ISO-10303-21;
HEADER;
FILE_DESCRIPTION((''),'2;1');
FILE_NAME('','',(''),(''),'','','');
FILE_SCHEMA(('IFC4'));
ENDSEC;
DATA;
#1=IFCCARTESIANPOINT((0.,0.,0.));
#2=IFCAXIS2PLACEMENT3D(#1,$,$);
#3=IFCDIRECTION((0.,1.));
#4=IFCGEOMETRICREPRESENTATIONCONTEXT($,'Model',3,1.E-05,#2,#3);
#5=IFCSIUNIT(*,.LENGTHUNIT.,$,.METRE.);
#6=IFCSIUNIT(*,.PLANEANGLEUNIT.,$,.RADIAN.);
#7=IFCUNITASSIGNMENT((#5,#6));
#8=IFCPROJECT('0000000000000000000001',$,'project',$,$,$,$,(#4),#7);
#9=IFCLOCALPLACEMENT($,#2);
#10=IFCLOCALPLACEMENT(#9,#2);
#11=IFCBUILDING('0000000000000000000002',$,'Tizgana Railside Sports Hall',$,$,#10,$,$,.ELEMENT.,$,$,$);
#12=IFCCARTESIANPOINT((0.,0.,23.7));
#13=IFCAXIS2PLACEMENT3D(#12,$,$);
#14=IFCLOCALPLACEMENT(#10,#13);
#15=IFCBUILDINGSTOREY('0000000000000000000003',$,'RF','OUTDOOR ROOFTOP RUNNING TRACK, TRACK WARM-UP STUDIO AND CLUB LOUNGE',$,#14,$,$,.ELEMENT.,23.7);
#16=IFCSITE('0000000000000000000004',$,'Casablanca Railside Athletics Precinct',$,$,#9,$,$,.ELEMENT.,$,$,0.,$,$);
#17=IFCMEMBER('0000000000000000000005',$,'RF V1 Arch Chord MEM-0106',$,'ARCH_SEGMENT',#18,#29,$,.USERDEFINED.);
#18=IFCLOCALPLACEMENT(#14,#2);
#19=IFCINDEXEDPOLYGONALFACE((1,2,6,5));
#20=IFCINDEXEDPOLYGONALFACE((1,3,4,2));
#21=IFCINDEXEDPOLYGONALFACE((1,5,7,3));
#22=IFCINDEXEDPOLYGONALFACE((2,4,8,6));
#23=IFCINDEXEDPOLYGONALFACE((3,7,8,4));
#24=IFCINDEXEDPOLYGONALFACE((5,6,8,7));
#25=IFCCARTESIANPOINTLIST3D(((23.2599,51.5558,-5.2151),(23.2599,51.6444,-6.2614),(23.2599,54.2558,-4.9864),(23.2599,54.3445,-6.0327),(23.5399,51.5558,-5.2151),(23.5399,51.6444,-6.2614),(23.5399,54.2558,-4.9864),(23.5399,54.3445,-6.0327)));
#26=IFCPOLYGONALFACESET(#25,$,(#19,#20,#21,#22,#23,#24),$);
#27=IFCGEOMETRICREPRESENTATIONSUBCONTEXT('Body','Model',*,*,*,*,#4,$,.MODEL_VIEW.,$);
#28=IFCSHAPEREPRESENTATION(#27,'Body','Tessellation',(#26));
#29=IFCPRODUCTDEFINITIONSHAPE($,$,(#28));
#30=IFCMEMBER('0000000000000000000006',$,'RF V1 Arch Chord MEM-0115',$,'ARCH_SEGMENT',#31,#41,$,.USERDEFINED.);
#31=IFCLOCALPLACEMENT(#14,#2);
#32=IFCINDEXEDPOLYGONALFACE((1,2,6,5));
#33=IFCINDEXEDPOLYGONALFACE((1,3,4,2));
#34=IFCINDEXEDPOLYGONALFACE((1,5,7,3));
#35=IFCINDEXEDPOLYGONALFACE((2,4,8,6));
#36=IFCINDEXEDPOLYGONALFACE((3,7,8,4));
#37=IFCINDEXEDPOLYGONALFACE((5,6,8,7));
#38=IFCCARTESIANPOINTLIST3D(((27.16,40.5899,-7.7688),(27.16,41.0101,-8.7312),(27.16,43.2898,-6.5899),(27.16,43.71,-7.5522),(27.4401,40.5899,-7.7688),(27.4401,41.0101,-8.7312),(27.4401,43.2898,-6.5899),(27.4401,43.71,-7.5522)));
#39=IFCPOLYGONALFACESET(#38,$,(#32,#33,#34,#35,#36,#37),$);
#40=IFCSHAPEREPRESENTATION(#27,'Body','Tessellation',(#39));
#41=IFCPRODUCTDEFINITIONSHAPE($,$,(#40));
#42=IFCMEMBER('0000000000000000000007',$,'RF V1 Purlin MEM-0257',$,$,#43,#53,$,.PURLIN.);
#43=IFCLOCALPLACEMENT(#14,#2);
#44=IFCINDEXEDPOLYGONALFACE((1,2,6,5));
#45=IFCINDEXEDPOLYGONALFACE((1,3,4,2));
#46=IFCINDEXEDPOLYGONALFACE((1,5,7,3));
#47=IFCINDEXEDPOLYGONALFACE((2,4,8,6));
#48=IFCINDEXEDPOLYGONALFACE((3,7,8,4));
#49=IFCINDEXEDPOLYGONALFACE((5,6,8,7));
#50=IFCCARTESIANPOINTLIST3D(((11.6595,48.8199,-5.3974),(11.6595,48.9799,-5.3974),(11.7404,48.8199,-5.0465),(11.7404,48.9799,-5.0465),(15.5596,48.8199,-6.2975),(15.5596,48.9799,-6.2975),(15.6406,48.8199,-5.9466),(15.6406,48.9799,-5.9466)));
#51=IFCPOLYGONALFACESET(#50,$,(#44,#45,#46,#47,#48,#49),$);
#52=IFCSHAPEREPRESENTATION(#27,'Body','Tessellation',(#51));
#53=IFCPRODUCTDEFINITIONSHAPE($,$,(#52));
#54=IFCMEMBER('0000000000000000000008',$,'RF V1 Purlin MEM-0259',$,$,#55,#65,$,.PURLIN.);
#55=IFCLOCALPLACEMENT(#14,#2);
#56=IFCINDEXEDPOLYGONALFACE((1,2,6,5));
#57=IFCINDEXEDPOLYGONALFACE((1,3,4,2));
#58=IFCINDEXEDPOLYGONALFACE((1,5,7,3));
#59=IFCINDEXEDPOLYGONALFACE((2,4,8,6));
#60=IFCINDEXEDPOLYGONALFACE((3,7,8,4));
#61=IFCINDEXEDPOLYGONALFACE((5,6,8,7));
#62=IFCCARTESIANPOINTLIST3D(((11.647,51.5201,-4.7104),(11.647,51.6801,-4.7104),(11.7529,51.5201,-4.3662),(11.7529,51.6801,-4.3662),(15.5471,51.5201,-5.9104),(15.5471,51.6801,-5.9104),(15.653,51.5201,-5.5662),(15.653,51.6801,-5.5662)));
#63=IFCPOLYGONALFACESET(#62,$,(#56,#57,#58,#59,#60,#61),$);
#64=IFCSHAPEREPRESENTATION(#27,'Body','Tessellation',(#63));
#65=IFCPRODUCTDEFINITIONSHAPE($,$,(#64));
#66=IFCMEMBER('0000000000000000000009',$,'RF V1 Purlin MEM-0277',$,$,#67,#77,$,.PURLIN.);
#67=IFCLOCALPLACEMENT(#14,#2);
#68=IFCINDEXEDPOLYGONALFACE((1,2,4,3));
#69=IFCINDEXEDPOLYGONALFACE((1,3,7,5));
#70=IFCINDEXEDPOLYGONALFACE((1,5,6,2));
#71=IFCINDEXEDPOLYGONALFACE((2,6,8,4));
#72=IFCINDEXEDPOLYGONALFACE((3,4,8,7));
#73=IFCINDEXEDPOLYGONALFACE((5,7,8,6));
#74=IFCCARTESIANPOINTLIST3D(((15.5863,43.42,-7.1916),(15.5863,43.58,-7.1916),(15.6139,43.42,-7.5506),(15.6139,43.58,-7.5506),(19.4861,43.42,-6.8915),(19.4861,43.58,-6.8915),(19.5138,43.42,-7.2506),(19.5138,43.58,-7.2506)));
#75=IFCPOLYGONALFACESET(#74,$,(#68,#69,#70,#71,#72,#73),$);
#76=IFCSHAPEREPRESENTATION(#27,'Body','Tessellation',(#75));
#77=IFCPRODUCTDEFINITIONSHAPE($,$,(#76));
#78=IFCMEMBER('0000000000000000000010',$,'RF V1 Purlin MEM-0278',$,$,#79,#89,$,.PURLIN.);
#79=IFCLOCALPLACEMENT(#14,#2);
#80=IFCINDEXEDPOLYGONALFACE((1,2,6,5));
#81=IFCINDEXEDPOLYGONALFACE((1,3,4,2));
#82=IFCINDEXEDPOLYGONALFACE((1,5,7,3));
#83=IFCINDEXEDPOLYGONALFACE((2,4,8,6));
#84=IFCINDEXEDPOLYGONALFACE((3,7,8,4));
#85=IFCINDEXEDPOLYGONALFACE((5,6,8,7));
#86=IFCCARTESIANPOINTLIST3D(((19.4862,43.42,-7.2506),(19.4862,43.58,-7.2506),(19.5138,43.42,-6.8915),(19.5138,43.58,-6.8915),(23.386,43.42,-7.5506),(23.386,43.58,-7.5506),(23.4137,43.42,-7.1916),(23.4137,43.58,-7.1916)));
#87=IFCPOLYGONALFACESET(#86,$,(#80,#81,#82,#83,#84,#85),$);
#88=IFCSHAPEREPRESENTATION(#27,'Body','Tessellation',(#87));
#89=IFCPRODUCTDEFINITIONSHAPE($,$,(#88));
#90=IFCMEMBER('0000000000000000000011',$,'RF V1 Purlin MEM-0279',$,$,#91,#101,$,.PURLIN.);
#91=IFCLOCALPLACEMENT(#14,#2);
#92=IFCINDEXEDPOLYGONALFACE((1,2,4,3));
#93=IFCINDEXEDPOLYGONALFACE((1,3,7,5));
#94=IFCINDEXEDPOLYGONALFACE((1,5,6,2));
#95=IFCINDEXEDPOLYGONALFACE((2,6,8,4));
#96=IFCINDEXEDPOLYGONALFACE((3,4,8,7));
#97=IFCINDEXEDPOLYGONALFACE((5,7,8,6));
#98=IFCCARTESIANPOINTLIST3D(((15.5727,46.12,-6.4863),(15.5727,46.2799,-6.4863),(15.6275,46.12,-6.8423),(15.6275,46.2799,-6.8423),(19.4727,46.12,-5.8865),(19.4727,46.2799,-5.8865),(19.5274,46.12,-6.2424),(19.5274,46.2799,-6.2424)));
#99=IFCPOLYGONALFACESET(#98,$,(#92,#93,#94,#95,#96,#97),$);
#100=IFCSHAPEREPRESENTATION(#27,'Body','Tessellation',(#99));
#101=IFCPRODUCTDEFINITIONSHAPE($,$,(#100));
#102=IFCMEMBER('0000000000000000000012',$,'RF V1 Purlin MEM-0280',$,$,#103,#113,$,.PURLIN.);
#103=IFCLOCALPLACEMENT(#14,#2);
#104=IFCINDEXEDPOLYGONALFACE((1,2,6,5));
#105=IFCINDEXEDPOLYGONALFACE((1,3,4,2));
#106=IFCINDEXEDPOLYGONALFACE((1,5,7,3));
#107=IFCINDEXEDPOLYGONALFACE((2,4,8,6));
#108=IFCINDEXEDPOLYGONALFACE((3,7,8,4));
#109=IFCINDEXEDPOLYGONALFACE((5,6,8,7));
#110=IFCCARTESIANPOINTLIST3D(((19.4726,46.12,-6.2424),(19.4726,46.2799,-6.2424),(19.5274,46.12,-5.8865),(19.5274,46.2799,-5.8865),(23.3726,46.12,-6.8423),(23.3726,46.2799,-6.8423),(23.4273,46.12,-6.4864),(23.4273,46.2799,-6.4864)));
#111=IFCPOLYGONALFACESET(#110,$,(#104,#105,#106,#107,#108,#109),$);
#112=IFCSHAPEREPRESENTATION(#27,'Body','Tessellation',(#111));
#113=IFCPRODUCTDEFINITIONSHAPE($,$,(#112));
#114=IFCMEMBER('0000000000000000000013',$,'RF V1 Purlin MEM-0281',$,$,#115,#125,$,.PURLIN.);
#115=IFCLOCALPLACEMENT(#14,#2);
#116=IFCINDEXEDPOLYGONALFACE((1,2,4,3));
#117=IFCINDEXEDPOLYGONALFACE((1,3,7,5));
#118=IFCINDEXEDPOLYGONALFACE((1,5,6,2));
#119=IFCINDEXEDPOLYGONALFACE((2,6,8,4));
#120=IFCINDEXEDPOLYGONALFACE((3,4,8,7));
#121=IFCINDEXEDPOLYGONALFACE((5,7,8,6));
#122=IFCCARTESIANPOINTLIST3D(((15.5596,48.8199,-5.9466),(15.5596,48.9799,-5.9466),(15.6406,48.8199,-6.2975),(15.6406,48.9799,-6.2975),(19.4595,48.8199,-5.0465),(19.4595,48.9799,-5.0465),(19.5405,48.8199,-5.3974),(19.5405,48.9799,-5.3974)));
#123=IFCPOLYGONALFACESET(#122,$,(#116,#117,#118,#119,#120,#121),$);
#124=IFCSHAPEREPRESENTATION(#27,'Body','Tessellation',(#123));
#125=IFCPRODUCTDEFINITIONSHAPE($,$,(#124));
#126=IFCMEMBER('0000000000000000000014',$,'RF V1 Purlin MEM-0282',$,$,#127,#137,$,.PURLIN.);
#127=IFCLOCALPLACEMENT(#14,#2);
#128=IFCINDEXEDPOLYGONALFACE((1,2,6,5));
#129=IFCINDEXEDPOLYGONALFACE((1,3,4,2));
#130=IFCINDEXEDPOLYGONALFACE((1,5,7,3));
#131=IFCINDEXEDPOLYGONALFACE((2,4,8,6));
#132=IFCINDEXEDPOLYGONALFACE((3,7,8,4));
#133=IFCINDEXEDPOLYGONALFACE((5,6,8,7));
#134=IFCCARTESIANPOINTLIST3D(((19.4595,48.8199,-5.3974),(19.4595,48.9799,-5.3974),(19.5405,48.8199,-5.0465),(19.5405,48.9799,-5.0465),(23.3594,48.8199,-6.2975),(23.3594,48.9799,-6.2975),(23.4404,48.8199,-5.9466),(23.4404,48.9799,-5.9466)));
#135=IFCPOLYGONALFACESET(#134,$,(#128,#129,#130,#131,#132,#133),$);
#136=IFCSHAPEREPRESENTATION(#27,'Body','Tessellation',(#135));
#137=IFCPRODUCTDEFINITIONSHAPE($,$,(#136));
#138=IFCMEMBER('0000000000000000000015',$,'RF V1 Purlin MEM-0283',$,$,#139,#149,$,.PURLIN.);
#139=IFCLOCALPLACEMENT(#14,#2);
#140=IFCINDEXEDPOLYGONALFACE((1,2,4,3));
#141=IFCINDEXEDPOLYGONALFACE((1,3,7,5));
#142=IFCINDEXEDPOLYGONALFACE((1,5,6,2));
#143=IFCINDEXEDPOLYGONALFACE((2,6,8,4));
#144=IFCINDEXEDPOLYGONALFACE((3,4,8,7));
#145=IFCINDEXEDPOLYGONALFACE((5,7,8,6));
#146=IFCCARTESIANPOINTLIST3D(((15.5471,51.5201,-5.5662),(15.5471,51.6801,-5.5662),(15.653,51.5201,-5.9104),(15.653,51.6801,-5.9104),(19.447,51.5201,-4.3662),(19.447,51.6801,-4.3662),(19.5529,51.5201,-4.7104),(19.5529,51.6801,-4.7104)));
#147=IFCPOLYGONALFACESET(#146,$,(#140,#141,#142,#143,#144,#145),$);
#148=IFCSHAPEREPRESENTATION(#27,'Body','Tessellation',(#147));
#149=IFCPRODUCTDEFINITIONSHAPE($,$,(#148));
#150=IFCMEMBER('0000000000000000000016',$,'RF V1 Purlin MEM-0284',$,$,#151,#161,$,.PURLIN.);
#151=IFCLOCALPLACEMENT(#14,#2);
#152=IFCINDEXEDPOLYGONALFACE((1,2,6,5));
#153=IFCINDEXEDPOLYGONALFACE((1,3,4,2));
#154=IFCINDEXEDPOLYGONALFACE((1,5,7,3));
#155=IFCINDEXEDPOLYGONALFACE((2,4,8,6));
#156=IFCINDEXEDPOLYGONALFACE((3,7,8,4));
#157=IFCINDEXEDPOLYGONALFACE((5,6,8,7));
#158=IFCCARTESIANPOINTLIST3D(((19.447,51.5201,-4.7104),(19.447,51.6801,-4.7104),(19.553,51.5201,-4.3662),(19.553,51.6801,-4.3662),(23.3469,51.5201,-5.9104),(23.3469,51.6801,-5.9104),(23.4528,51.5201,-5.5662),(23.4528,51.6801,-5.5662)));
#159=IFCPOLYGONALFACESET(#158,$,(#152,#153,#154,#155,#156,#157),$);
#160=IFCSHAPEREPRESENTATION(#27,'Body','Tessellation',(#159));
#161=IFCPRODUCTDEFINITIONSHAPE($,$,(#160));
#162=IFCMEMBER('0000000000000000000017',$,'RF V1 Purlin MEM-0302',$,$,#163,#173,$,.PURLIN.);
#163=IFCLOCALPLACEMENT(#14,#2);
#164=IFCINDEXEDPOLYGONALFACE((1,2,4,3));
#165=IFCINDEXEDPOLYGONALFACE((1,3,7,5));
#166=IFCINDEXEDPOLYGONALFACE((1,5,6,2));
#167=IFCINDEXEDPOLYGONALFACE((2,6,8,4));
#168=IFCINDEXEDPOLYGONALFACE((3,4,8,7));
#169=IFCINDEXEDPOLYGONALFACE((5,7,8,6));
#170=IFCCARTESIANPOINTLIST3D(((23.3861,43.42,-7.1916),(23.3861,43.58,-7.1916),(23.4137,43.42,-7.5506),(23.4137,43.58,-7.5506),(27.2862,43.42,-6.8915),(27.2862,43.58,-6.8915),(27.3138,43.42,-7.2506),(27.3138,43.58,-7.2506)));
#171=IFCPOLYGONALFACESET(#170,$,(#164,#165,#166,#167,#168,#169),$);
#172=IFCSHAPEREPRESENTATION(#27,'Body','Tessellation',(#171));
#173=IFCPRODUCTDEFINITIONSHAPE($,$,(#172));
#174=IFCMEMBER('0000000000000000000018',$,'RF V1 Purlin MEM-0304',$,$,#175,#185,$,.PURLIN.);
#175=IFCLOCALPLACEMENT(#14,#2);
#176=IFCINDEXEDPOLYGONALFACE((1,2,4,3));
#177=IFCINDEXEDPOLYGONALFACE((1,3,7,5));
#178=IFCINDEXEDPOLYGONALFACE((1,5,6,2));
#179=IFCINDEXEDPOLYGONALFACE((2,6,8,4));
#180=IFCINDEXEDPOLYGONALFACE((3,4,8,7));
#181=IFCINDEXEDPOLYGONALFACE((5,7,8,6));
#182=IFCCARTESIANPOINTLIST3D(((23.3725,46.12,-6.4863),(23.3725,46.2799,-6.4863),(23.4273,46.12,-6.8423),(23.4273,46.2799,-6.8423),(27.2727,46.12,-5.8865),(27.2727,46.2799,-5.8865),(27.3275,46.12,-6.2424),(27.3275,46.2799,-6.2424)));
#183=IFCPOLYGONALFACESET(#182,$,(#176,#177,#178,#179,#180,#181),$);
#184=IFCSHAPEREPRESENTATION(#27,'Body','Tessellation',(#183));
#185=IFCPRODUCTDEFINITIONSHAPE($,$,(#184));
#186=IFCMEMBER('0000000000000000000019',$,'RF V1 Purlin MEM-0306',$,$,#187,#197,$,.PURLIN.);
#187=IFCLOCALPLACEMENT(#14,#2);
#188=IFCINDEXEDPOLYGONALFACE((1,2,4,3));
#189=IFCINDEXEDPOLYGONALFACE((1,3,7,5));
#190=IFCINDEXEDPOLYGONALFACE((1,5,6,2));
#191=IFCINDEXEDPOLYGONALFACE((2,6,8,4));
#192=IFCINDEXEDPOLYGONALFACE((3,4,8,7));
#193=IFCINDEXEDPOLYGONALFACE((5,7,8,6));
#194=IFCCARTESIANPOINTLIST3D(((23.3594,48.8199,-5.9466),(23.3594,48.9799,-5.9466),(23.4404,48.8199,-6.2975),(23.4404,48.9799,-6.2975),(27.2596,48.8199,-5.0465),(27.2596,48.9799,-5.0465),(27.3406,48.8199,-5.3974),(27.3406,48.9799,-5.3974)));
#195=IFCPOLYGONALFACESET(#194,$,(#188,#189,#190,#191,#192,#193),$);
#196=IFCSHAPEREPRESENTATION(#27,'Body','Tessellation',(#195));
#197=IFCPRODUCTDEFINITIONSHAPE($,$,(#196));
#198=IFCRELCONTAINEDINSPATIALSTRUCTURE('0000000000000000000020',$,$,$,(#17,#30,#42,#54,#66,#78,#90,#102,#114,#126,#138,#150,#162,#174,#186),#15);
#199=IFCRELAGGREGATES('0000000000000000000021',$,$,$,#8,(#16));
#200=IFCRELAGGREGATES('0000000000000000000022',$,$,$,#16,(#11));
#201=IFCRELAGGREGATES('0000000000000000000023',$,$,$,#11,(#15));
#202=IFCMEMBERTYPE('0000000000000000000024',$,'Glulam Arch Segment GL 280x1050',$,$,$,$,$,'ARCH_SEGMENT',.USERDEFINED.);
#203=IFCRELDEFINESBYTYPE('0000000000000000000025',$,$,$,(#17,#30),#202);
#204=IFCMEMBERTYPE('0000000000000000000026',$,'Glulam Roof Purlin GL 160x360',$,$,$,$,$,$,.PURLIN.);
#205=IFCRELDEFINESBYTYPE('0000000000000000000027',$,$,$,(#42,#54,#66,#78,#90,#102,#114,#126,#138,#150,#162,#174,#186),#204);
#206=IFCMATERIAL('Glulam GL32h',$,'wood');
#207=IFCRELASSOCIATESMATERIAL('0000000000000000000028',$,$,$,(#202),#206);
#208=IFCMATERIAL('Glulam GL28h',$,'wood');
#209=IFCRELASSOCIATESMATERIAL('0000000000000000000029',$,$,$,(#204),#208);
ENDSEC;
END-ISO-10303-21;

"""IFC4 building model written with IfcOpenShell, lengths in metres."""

from ifc_helpers import new_model, si_unit, direction, frame, origin, origin_2d, place, context, subcontext, project, spatial, rectangle, extrude, material, material_profile, profile_set, type_object, element, save


model = new_model("IFC4")

# Units and contexts
model_context = context("Model", 3, precision=1e-05, world=origin(), true_north=direction((0.0, 1.0)))
body_context = subcontext(model_context, "Body", "Model", "MODEL_VIEW")
ifc_project = project(units=[si_unit("LENGTHUNIT", "METRE"), si_unit("PLANEANGLEUNIT", "RADIAN")], contexts=[model_context])

# Site, building, storey
site_placement = place(None, origin())
site = spatial("IfcSite", under=ifc_project, at=site_placement, Name="Casablanca Railside Athletics Precinct", CompositionType="ELEMENT", RefElevation=0.0)
building_placement = place(site_placement, origin())
building = spatial("IfcBuilding", under=site, at=building_placement, Name="Tizgana Railside Sports Hall", CompositionType="ELEMENT")
storey_placement = place(building_placement, frame((0.0, 0.0, 23.7)))
storey = spatial("IfcBuildingStorey", under=building, at=storey_placement, Name="RF", Description="OUTDOOR ROOFTOP RUNNING TRACK, TRACK WARM-UP STUDIO AND CLUB LOUNGE", CompositionType="ELEMENT", Elevation=23.7)

# Members
ifc_material_1 = material(Name="Glulam GL32h", Category="wood")
ifc_material_profile_1 = material_profile(ifc_material_1, rectangle(XDim=0.28, YDim=1.05, at=origin_2d()), Name="GL 280x1050")
ifc_profile_set_1 = profile_set([ifc_material_profile_1], Name="Glulam GL32h")
member_type_1 = type_object("IfcMemberType", Name="Glulam Arch Segment GL 280x1050", ElementType="ARCH_SEGMENT", PredefinedType="USERDEFINED", material=ifc_profile_set_1)
member_1_placement = place(storey_placement, frame((23.3999, 51.6001, -5.7383), z_axis=(0.0, 0.99643, 0.084425), x_axis=(-1.0, 0.0, 0.0)))
element("IfcMember", 1, at=member_1_placement, inside=storey, type_object=member_type_1, Name="RF V1 Arch Chord MEM-0106", ObjectType="ARCH_SEGMENT", PredefinedType="USERDEFINED", context=body_context, shape_type="SweptSolid", body=[
    extrude(rectangle(XDim=0.28, YDim=1.05, at=origin_2d()), origin(), (0.0, 0.0, 1.0), 2.7097),
])
member_2_placement = place(storey_placement, frame((27.3, 40.8, -8.25), z_axis=(0.0, 0.91644, 0.400171), x_axis=(-1.0, 0.0, 0.0)))
element("IfcMember", 2, at=member_2_placement, inside=storey, type_object=member_type_1, Name="RF V1 Arch Chord MEM-0115", ObjectType="ARCH_SEGMENT", PredefinedType="USERDEFINED", context=body_context, shape_type="SweptSolid", body=[
    extrude(rectangle(XDim=0.28, YDim=1.05, at=origin_2d()), origin(), (0.0, 0.0, 1.0), 2.946),
])
ifc_material_2 = material(Name="Glulam GL28h", Category="wood")
ifc_material_profile_2 = material_profile(ifc_material_2, rectangle(XDim=0.1599, YDim=0.3601, at=origin_2d()), Name="GL 160x360")
ifc_profile_set_2 = profile_set([ifc_material_profile_2], Name="Glulam GL28h")
member_type_2 = type_object("IfcMemberType", Name="Glulam Roof Purlin GL 160x360", PredefinedType="PURLIN", material=ifc_profile_set_2)
member_3_placement = place(storey_placement, frame((11.7, 48.8999, -5.2219), z_axis=(0.974385, 0.0, -0.224886), x_axis=(0.0, 1.0, 0.0)))
element("IfcMember", 3, at=member_3_placement, inside=storey, type_object=member_type_2, Name="RF V1 Purlin MEM-0257", PredefinedType="PURLIN", context=body_context, shape_type="SweptSolid", body=[
    extrude(rectangle(XDim=0.1599, YDim=0.3601, at=origin_2d()), origin(), (0.0, 0.0, 1.0), 4.0027),
])
member_4_placement = place(storey_placement, frame((11.7, 51.6001, -4.5383), z_axis=(0.955785, 0.0, -0.294065), x_axis=(0.0, 1.0, 0.0)))
element("IfcMember", 4, at=member_4_placement, inside=storey, type_object=member_type_2, Name="RF V1 Purlin MEM-0259", PredefinedType="PURLIN", context=body_context, shape_type="SweptSolid", body=[
    extrude(rectangle(XDim=0.1599, YDim=0.3601, at=origin_2d()), origin(), (0.0, 0.0, 1.0), 4.0806),
])
for number, where, z_axis, x_axis, name in (
    (5, (15.6001, 43.5, -7.3711), (0.997053, 0.0, 0.076711), (0.0, 1.0, 0.0), "RF V1 Purlin MEM-0277"),
    (6, (19.5, 43.5, -7.071), (0.997053, 0.0, -0.076711), (0.0, 1.0, 0.0), "RF V1 Purlin MEM-0278"),
):
    element("IfcMember", number, at=place(storey_placement, frame(where, z_axis=z_axis, x_axis=x_axis)), inside=storey, type_object=member_type_2, Name=name, PredefinedType="PURLIN", context=body_context, shape_type="SweptSolid", body=[
        extrude(rectangle(XDim=0.1599, YDim=0.3601, at=origin_2d()), origin(), (0.0, 0.0, 1.0), 3.9114),
    ])
for number, where, z_axis, x_axis, name in (
    (7, (15.6001, 46.2, -6.6643), (0.988377, 0.0, 0.152025), (0.0, 1.0, 0.0), "RF V1 Purlin MEM-0279"),
    (8, (19.5, 46.2, -6.0645), (0.988377, 0.0, -0.152025), (0.0, 1.0, 0.0), "RF V1 Purlin MEM-0280"),
):
    element("IfcMember", number, at=place(storey_placement, frame(where, z_axis=z_axis, x_axis=x_axis)), inside=storey, type_object=member_type_2, Name=name, PredefinedType="PURLIN", context=body_context, shape_type="SweptSolid", body=[
        extrude(rectangle(XDim=0.1599, YDim=0.3601, at=origin_2d()), origin(), (0.0, 0.0, 1.0), 3.9458),
    ])
for number, where, z_axis, x_axis, name in (
    (9, (15.6001, 48.8999, -6.1221), (0.974382, 0.0, 0.2249), (0.0, 1.0, 0.0), "RF V1 Purlin MEM-0281"),
    (10, (19.5, 48.8999, -5.2219), (0.974382, 0.0, -0.2249), (0.0, 1.0, 0.0), "RF V1 Purlin MEM-0282"),
):
    element("IfcMember", number, at=place(storey_placement, frame(where, z_axis=z_axis, x_axis=x_axis)), inside=storey, type_object=member_type_2, Name=name, PredefinedType="PURLIN", context=body_context, shape_type="SweptSolid", body=[
        extrude(rectangle(XDim=0.1599, YDim=0.3601, at=origin_2d()), origin(), (0.0, 0.0, 1.0), 4.0024),
    ])
for number, where, z_axis, x_axis, name in (
    (11, (15.6001, 51.6001, -5.7383), (0.95578, 0.0, 0.294082), (0.0, 1.0, 0.0), "RF V1 Purlin MEM-0283"),
    (12, (19.5, 51.6001, -4.5383), (0.95578, 0.0, -0.294082), (0.0, 1.0, 0.0), "RF V1 Purlin MEM-0284"),
):
    element("IfcMember", number, at=place(storey_placement, frame(where, z_axis=z_axis, x_axis=x_axis)), inside=storey, type_object=member_type_2, Name=name, PredefinedType="PURLIN", context=body_context, shape_type="SweptSolid", body=[
        extrude(rectangle(XDim=0.1599, YDim=0.3601, at=origin_2d()), origin(), (0.0, 0.0, 1.0), 4.0803),
    ])
member_5_placement = place(storey_placement, frame((23.3999, 43.5, -7.3711), z_axis=(0.997054, 0.0, 0.076706), x_axis=(0.0, 1.0, 0.0)))
element("IfcMember", 13, at=member_5_placement, inside=storey, type_object=member_type_2, Name="RF V1 Purlin MEM-0302", PredefinedType="PURLIN", context=body_context, shape_type="SweptSolid", body=[
    extrude(rectangle(XDim=0.1599, YDim=0.3601, at=origin_2d()), origin(), (0.0, 0.0, 1.0), 3.9116),
])
member_6_placement = place(storey_placement, frame((23.3999, 46.2, -6.6643), z_axis=(0.988378, 0.0, 0.152015), x_axis=(0.0, 1.0, 0.0)))
element("IfcMember", 14, at=member_6_placement, inside=storey, type_object=member_type_2, Name="RF V1 Purlin MEM-0304", PredefinedType="PURLIN", context=body_context, shape_type="SweptSolid", body=[
    extrude(rectangle(XDim=0.1599, YDim=0.3601, at=origin_2d()), origin(), (0.0, 0.0, 1.0), 3.946),
])
member_7_placement = place(storey_placement, frame((23.3999, 48.8999, -6.1221), z_axis=(0.974385, 0.0, 0.224886), x_axis=(0.0, 1.0, 0.0)))
element("IfcMember", 15, at=member_7_placement, inside=storey, type_object=member_type_2, Name="RF V1 Purlin MEM-0306", PredefinedType="PURLIN", context=body_context, shape_type="SweptSolid", body=[
    extrude(rectangle(XDim=0.1599, YDim=0.3601, at=origin_2d()), origin(), (0.0, 0.0, 1.0), 4.0027),
])

save(model, "model.ifc")
